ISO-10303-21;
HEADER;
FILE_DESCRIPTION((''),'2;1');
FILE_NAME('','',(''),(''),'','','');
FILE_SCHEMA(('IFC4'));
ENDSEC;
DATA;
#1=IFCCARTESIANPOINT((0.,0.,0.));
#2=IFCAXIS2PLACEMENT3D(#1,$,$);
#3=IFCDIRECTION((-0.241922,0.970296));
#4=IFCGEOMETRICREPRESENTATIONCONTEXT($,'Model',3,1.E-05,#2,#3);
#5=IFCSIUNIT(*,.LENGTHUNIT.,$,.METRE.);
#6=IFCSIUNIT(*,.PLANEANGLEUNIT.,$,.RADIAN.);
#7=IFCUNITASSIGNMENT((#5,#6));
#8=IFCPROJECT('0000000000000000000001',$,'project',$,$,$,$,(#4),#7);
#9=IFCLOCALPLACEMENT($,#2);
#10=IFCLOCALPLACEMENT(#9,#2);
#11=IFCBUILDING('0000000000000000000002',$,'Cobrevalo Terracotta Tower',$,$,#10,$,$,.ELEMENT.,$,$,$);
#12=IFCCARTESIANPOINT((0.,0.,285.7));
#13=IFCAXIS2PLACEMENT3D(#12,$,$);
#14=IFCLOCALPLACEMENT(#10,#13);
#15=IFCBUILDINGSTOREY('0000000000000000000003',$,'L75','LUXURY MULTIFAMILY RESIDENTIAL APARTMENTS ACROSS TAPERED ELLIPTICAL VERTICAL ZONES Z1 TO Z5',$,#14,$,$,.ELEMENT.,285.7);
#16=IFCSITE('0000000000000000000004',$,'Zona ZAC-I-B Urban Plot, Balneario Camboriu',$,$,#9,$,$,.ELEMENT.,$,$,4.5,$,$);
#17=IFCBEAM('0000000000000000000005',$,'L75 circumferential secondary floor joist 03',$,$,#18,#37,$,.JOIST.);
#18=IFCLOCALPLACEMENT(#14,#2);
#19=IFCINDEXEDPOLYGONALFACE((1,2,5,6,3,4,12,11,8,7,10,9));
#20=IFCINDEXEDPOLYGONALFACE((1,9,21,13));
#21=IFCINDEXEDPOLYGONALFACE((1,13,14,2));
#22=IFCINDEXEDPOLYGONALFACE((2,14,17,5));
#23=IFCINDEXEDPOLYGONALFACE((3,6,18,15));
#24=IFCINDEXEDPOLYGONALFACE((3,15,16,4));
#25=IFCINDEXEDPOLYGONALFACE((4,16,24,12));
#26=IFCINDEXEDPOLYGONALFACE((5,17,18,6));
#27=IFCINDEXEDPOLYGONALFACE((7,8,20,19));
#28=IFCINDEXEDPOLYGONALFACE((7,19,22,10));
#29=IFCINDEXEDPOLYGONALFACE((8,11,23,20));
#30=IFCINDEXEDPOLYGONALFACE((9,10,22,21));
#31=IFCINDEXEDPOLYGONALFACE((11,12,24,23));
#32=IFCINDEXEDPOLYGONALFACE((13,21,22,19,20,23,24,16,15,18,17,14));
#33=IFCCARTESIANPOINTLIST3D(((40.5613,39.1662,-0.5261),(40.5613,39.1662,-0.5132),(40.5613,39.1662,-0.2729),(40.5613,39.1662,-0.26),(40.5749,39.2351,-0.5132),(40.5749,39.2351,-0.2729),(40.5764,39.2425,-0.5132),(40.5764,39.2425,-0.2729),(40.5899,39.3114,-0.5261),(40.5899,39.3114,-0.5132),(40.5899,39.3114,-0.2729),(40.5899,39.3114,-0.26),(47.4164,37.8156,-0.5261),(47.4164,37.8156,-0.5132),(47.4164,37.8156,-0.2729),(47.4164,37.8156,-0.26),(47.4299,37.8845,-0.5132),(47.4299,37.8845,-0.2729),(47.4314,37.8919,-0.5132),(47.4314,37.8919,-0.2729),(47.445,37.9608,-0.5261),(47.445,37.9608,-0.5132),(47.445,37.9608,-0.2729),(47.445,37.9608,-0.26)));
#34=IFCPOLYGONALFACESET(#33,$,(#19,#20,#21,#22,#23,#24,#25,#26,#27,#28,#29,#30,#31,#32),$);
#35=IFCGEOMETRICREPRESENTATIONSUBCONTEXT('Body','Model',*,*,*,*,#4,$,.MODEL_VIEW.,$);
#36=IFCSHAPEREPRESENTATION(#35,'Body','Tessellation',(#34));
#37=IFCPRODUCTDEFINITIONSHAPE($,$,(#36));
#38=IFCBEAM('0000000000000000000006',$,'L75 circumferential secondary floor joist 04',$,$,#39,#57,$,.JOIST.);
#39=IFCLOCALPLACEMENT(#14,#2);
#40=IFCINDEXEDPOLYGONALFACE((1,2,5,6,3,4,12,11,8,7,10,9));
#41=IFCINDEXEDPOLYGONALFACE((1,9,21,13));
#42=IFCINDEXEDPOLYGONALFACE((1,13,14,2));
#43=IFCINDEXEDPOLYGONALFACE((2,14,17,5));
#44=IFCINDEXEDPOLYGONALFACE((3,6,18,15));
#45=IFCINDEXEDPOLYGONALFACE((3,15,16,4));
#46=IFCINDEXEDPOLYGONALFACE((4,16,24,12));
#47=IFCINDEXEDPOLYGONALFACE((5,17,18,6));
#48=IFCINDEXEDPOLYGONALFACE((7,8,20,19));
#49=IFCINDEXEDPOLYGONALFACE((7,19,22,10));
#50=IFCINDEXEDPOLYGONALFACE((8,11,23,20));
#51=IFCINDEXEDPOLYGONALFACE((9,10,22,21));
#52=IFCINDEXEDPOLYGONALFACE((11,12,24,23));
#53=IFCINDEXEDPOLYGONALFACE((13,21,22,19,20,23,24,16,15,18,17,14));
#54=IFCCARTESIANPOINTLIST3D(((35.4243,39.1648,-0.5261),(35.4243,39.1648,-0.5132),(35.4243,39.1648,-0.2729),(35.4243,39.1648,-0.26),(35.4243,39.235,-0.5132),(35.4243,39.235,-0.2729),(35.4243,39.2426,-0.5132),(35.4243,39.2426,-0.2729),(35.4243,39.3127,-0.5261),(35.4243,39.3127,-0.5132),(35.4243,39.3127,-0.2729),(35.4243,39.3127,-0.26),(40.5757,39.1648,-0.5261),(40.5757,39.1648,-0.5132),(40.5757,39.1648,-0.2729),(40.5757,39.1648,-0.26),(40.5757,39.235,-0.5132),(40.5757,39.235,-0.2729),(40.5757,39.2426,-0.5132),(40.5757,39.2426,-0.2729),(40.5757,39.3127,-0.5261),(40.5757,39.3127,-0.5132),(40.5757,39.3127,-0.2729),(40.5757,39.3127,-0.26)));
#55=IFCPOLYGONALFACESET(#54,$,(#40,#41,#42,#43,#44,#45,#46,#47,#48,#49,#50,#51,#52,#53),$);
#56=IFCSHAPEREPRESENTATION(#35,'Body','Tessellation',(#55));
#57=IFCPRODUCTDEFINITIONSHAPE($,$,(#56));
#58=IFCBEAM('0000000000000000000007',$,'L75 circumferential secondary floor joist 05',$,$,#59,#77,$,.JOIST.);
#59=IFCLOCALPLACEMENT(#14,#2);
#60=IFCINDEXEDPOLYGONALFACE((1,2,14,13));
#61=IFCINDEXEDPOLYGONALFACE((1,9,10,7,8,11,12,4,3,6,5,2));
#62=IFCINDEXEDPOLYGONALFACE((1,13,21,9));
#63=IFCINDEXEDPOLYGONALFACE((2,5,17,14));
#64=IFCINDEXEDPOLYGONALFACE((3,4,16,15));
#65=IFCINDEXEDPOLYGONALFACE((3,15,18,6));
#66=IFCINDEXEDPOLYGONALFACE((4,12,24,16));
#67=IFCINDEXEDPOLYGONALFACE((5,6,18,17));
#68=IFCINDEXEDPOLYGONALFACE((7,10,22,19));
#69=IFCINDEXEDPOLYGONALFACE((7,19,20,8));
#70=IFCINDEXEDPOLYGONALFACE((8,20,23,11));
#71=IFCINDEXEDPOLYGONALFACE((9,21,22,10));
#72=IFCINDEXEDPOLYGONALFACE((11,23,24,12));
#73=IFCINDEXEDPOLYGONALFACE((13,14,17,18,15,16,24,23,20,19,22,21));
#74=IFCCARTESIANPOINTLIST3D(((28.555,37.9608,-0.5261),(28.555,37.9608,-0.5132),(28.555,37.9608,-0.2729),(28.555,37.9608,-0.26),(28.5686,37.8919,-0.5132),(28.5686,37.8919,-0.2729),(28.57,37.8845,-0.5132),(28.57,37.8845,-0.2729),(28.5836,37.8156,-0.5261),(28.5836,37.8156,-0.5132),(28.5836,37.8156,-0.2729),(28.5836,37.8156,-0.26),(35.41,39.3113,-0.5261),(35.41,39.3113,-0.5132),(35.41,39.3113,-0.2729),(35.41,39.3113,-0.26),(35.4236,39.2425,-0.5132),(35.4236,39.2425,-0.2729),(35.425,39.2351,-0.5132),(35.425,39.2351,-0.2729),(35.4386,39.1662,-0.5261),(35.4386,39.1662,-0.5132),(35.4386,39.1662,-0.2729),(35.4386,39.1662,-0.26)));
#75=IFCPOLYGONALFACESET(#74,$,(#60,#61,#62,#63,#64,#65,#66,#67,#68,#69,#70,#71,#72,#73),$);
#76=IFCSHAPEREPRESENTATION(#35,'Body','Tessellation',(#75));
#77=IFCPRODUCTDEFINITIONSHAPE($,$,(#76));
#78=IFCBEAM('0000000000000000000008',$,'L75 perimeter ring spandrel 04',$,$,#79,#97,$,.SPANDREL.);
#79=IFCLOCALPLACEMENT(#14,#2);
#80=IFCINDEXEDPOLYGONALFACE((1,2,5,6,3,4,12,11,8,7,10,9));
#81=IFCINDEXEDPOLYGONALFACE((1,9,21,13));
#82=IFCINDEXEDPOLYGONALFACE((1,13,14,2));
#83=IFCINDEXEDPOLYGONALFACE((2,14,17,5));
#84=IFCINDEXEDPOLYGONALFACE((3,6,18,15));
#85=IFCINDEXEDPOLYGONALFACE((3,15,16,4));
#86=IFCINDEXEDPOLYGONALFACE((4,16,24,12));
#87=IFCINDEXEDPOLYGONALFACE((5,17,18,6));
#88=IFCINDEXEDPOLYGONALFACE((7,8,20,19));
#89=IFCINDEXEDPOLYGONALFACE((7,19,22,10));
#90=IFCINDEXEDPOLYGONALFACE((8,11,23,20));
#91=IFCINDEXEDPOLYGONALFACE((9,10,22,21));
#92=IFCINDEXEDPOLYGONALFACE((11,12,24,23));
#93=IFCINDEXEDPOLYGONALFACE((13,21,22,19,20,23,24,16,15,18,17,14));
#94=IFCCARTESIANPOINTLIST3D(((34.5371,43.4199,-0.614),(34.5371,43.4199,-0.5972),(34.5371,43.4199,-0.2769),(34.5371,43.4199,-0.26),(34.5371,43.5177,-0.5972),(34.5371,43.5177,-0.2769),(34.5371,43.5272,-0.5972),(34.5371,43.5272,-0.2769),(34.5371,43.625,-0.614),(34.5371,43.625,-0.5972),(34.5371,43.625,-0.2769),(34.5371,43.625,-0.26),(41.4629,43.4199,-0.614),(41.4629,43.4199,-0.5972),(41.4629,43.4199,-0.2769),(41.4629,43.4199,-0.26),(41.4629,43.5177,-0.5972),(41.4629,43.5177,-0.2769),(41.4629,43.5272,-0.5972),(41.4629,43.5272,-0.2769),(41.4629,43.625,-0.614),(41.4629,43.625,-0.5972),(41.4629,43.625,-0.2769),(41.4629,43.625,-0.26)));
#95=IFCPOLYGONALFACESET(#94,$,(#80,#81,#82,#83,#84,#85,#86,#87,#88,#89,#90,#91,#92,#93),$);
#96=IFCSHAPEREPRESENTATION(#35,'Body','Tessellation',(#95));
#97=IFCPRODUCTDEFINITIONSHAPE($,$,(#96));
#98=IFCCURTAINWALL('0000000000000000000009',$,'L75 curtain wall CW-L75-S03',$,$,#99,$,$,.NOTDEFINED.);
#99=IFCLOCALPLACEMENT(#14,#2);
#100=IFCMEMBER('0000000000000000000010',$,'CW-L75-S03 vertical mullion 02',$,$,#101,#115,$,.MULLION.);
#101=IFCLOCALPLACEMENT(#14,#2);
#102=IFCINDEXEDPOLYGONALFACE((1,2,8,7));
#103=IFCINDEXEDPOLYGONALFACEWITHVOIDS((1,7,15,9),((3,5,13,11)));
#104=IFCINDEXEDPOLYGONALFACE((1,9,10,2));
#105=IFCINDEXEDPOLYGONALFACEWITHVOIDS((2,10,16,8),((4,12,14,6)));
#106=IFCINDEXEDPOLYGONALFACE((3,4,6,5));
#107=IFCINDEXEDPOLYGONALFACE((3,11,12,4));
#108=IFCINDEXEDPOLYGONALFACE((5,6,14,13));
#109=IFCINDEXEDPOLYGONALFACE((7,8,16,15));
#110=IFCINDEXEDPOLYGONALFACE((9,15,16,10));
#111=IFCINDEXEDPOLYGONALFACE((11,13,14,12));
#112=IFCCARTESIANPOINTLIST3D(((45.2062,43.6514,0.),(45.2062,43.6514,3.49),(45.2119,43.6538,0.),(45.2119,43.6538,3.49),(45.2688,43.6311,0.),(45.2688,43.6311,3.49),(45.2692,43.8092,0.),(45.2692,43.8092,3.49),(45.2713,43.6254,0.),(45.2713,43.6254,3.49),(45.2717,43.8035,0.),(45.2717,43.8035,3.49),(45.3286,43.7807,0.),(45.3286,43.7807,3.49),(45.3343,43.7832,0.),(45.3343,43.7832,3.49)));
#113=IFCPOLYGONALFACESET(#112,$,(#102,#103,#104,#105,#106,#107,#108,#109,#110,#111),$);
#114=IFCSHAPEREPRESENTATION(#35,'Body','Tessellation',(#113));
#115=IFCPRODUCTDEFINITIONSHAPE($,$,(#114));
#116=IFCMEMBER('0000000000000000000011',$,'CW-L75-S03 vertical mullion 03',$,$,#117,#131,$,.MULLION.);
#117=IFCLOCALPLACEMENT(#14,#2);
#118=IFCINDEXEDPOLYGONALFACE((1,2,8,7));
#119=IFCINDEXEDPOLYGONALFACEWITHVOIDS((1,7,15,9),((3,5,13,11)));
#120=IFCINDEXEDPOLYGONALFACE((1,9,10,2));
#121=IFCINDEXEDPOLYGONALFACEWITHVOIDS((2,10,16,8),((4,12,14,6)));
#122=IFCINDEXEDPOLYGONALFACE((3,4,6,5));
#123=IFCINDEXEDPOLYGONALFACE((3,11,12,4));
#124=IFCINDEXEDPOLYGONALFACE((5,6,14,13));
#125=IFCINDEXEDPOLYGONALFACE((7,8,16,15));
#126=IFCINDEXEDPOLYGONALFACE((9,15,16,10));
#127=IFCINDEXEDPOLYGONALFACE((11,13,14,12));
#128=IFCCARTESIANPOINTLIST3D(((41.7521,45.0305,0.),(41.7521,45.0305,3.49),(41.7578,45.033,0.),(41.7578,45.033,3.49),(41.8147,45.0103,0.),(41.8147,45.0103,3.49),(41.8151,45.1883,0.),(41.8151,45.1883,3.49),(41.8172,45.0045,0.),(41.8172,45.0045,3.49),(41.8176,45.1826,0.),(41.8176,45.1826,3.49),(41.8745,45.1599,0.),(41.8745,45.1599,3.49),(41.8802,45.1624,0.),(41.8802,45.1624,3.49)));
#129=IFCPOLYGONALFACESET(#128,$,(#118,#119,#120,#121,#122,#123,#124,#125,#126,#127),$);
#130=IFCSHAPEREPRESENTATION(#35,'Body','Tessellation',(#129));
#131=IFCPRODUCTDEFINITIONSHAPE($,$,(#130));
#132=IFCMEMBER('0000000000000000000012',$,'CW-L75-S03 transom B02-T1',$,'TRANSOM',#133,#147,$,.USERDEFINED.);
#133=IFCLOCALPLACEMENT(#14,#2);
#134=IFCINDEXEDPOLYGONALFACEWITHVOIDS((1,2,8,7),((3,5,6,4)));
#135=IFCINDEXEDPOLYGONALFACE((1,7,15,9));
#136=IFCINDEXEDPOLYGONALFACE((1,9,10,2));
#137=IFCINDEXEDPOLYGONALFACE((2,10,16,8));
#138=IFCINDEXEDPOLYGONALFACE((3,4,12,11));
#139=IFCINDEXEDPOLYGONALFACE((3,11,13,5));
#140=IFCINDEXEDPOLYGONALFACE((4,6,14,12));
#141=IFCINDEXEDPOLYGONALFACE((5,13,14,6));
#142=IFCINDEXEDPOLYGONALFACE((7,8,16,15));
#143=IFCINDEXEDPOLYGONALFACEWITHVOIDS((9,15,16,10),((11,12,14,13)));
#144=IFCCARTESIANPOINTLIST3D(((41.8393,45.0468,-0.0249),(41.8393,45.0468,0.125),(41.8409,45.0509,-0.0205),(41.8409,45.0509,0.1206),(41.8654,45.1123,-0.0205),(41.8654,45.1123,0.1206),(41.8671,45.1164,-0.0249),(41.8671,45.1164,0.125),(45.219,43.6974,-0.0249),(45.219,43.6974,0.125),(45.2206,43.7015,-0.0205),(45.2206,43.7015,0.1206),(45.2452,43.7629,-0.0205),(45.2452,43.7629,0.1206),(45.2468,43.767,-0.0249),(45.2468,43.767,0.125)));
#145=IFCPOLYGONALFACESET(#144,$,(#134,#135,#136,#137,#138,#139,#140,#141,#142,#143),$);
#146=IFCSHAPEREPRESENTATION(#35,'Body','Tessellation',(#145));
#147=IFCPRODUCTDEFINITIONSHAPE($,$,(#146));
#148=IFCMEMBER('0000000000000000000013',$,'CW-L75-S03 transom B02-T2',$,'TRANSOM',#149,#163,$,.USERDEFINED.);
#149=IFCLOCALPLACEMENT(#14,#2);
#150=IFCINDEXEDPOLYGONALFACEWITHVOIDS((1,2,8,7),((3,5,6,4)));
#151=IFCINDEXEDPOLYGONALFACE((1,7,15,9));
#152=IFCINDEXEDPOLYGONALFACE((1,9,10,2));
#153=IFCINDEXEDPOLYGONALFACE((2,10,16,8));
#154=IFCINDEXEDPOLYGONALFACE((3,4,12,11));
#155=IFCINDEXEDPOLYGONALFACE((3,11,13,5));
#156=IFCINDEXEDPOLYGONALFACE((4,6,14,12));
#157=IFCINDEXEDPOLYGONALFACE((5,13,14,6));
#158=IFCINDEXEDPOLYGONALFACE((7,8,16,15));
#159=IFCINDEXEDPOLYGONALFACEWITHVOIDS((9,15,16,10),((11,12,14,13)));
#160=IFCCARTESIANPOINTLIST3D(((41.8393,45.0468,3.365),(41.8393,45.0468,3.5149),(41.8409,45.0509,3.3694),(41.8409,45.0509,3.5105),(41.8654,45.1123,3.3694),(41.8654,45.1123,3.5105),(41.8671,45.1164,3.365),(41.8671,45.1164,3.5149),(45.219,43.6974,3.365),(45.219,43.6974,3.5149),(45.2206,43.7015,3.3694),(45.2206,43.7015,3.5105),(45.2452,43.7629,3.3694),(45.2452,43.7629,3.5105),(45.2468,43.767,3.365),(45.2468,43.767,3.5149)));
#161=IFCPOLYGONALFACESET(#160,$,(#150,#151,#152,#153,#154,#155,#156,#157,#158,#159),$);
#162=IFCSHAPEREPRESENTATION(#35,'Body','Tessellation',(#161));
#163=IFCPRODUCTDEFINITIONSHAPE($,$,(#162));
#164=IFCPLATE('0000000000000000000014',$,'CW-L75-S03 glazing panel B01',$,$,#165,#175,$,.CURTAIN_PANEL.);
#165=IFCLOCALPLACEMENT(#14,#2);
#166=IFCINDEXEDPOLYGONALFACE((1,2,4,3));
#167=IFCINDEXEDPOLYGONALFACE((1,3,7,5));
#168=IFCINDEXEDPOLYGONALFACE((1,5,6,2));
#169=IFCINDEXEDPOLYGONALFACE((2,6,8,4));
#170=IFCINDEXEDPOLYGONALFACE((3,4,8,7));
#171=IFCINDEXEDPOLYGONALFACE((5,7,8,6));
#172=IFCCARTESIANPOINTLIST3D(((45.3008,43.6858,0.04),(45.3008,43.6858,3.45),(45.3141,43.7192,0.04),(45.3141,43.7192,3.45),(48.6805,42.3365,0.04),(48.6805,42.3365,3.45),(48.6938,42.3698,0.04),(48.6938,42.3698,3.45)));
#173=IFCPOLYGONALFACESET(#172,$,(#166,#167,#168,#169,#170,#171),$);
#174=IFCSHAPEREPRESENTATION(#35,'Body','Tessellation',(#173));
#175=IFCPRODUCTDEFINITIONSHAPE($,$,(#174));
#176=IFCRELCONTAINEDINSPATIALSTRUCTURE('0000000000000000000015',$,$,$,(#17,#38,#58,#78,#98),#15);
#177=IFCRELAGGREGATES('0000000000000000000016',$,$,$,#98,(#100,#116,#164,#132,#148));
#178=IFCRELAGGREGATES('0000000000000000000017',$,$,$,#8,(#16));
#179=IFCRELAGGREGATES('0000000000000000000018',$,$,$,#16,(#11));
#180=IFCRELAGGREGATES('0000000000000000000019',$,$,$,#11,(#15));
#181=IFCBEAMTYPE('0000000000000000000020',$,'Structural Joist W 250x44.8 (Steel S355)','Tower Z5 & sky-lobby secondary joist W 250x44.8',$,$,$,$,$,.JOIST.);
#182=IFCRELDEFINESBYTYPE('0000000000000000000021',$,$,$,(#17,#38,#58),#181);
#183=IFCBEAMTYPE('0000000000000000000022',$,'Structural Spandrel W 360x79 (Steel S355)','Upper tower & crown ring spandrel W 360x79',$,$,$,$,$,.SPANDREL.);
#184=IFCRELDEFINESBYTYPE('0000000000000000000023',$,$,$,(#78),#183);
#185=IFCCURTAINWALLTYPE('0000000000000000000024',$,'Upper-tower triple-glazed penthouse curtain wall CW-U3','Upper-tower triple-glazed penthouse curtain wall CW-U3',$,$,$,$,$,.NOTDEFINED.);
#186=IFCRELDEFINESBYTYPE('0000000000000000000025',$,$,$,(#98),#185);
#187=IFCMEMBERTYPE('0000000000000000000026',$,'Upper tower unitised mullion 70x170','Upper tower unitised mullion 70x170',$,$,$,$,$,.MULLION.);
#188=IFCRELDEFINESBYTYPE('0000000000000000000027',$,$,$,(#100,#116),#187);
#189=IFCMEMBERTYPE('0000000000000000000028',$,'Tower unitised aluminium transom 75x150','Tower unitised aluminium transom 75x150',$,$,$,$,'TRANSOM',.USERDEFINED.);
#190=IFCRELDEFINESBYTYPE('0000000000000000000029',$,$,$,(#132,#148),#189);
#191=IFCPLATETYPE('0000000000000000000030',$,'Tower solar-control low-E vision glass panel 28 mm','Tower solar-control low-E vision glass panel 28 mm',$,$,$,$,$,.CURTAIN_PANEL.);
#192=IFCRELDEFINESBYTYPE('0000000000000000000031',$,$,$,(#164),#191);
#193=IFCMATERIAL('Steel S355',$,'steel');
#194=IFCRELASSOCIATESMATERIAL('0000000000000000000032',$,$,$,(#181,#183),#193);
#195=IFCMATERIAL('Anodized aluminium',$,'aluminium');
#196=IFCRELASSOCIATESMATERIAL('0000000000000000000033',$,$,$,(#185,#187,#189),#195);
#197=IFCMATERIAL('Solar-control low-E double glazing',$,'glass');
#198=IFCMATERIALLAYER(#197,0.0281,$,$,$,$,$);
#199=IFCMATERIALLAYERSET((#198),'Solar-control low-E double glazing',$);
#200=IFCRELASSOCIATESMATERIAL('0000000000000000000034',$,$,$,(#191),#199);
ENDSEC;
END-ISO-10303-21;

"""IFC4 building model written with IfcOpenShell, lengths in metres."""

from ifc_helpers import new_model, si_unit, direction, frame, origin, origin_2d, place, context, subcontext, project, spatial, rectangle, hollow_rectangle, i_section, extrude, source, transform, mapped, material, layer, layer_set, material_profile, profile_set, type_object, element, aggregate, save


model = new_model("IFC4")

# Units and contexts
model_context = context("Model", 3, precision=1e-05, world=origin(), true_north=direction((-0.241922, 0.970296)))
body_context = subcontext(model_context, "Body", "Model", "MODEL_VIEW")
ifc_project = project(units=[si_unit("LENGTHUNIT", "METRE"), si_unit("PLANEANGLEUNIT", "RADIAN")], contexts=[model_context])

# Site, building, storey
site_placement = place(None, origin())
site = spatial("IfcSite", under=ifc_project, at=site_placement, Name="Zona ZAC-I-B Urban Plot, Balneario Camboriu", CompositionType="ELEMENT", RefElevation=4.5)
building_placement = place(site_placement, origin())
building = spatial("IfcBuilding", under=site, at=building_placement, Name="Cobrevalo Terracotta Tower", CompositionType="ELEMENT")
storey_placement = place(building_placement, frame((0.0, 0.0, 285.7)))
storey = spatial("IfcBuildingStorey", under=building, at=storey_placement, Name="L75", Description="LUXURY MULTIFAMILY RESIDENTIAL APARTMENTS ACROSS TAPERED ELLIPTICAL VERTICAL ZONES Z1 TO Z5", CompositionType="ELEMENT", Elevation=285.7)

# Shared definitions
ifc_material_1 = material(Name="Steel S355", Category="steel")

# Beams
ifc_material_profile_1 = material_profile(ifc_material_1, i_section(OverallWidth=0.1479, OverallDepth=0.2661, WebThickness=0.0076, FlangeThickness=0.0129, at=origin_2d()), Name="W 250x44.8")
ifc_profile_set_1 = profile_set([ifc_material_profile_1], Name="Steel S355")
beam_type_1 = type_object("IfcBeamType", Name="Structural Joist W 250x44.8 (Steel S355)", Description="Tower Z5 & sky-lobby secondary joist W 250x44.8", PredefinedType="JOIST", material=ifc_profile_set_1)
beam_1_placement = place(storey_placement, frame((47.4307, 37.8882, -0.3931), z_axis=(-0.981138, 0.193306, 0.0), x_axis=(-0.193306, -0.981138, 0.0)))
element("IfcBeam", 1, at=beam_1_placement, inside=storey, type_object=beam_type_1, Name="L75 circumferential secondary floor joist 03", PredefinedType="JOIST", context=body_context, shape_type="SweptSolid", body=[
    extrude(i_section(OverallWidth=0.1479, OverallDepth=0.2661, WebThickness=0.0076, FlangeThickness=0.0129, at=origin_2d()), origin(), (0.0, 0.0, 1.0), 6.9868),
])
beam_2_placement = place(storey_placement, frame((40.5757, 39.2388, -0.3931), z_axis=(-1.0, 0.0, 0.0), x_axis=(0.0, -1.0, 0.0)))
element("IfcBeam", 2, at=beam_2_placement, inside=storey, type_object=beam_type_1, Name="L75 circumferential secondary floor joist 04", PredefinedType="JOIST", context=body_context, shape_type="SweptSolid", body=[
    extrude(i_section(OverallWidth=0.1479, OverallDepth=0.2661, WebThickness=0.0076, FlangeThickness=0.0129, at=origin_2d()), origin(), (0.0, 0.0, 1.0), 5.1514),
])
beam_3_placement = place(storey_placement, frame((35.4243, 39.2388, -0.3931), z_axis=(-0.981138, -0.193306, 0.0), x_axis=(0.193306, -0.981138, 0.0)))
element("IfcBeam", 3, at=beam_3_placement, inside=storey, type_object=beam_type_1, Name="L75 circumferential secondary floor joist 05", PredefinedType="JOIST", context=body_context, shape_type="SweptSolid", body=[
    extrude(i_section(OverallWidth=0.1479, OverallDepth=0.2661, WebThickness=0.0076, FlangeThickness=0.0129, at=origin_2d()), origin(), (0.0, 0.0, 1.0), 6.9868),
])
ifc_material_profile_2 = material_profile(ifc_material_1, i_section(OverallWidth=0.2051, OverallDepth=0.354, WebThickness=0.0095, FlangeThickness=0.0168, at=origin_2d()), Name="W 360x79")
ifc_profile_set_2 = profile_set([ifc_material_profile_2], Name="Steel S355")
beam_type_2 = type_object("IfcBeamType", Name="Structural Spandrel W 360x79 (Steel S355)", Description="Upper tower & crown ring spandrel W 360x79", PredefinedType="SPANDREL", material=ifc_profile_set_2)
beam_4_placement = place(storey_placement, frame((41.4629, 43.5225, -0.437), z_axis=(-1.0, 0.0, 0.0), x_axis=(0.0, -1.0, 0.0)))
element("IfcBeam", 4, at=beam_4_placement, inside=storey, type_object=beam_type_2, Name="L75 perimeter ring spandrel 04", PredefinedType="SPANDREL", context=body_context, shape_type="SweptSolid", body=[
    extrude(i_section(OverallWidth=0.2051, OverallDepth=0.354, WebThickness=0.0095, FlangeThickness=0.0168, at=origin_2d()), origin(), (0.0, 0.0, 1.0), 6.9258),
])

# Curtain wall, members, plate
ifc_material_2 = material(Name="Anodized aluminium", Category="aluminium")
curtain_wall_type = type_object("IfcCurtainWallType", Name="Upper-tower triple-glazed penthouse curtain wall CW-U3", Description="Upper-tower triple-glazed penthouse curtain wall CW-U3", PredefinedType="NOTDEFINED", material=ifc_material_2)
curtain_wall_placement = place(storey_placement, origin())
curtain_wall = element("IfcCurtainWall", 5, at=curtain_wall_placement, inside=storey, type_object=curtain_wall_type, Name="L75 curtain wall CW-L75-S03", PredefinedType="NOTDEFINED")
ifc_material_profile_3 = material_profile(ifc_material_2, hollow_rectangle(XDim=0.0701, YDim=0.1699, WallThickness=0.0044, at=origin_2d()), Name="CWM 70x170")
ifc_profile_set_3 = profile_set([ifc_material_profile_3], Name="Anodized aluminium")
member_type_1 = type_object("IfcMemberType", Name="Upper tower unitised mullion 70x170", Description="Upper tower unitised mullion 70x170", PredefinedType="MULLION", material=ifc_profile_set_3)
shared_shape_1 = source(origin(), body_context, "Body", "SweptSolid", [
    extrude(hollow_rectangle(XDim=0.0701, YDim=0.1699, WallThickness=0.0044, at=origin_2d()), origin(), (0.0, 0.0, 1.0), 3.49),
])
member_1_placement = place(storey_placement, frame((45.2703, 43.7173, 0.0), z_axis=(0.0, 0.0, 1.0), x_axis=(-0.928719, 0.370784, 0.0)))
member_1 = element("IfcMember", 6, at=member_1_placement, type_object=member_type_1, Name="CW-L75-S03 vertical mullion 02", PredefinedType="MULLION", context=body_context, shape_type="MappedRepresentation", body=[
    mapped(shared_shape_1, transform((0.0, 0.0, 0.0), scale=1.0)),
])
member_2_placement = place(storey_placement, frame((41.8162, 45.0964, 0.0), z_axis=(0.0, 0.0, 1.0), x_axis=(-0.928719, 0.370784, 0.0)))
member_2 = element("IfcMember", 7, at=member_2_placement, type_object=member_type_1, Name="CW-L75-S03 vertical mullion 03", PredefinedType="MULLION", context=body_context, shape_type="MappedRepresentation", body=[
    mapped(shared_shape_1, transform((0.0, 0.0, 0.0), scale=1.0)),
])
ifc_material_profile_4 = material_profile(ifc_material_2, hollow_rectangle(XDim=0.075, YDim=0.1499, WallThickness=0.0044, at=origin_2d()), Name="CWT 75x150")
ifc_profile_set_4 = profile_set([ifc_material_profile_4], Name="Anodized aluminium")
member_type_2 = type_object("IfcMemberType", Name="Tower unitised aluminium transom 75x150", Description="Tower unitised aluminium transom 75x150", ElementType="TRANSOM", PredefinedType="USERDEFINED", material=ifc_profile_set_4)
shared_shape_2 = source(origin(), body_context, "Body", "SweptSolid", [
    extrude(hollow_rectangle(XDim=0.075, YDim=0.1499, WallThickness=0.0044, at=origin_2d()), origin(), (0.0, 0.0, 1.0), 3.6392),
])
member_3_placement = place(storey_placement, frame((45.2329, 43.7322, 0.05), z_axis=(-0.928712, 0.370801, 0.0), x_axis=(-0.370801, -0.928712, 0.0)))
member_3 = element("IfcMember", 8, at=member_3_placement, type_object=member_type_2, Name="CW-L75-S03 transom B02-T1", ObjectType="TRANSOM", PredefinedType="USERDEFINED", context=body_context, shape_type="MappedRepresentation", body=[
    mapped(shared_shape_2, transform((0.0, 0.0, 0.0), scale=1.0)),
])
member_4_placement = place(storey_placement, frame((45.2329, 43.7322, 3.4399), z_axis=(-0.928712, 0.370801, 0.0), x_axis=(-0.370801, -0.928712, 0.0)))
member_4 = element("IfcMember", 9, at=member_4_placement, type_object=member_type_2, Name="CW-L75-S03 transom B02-T2", ObjectType="TRANSOM", PredefinedType="USERDEFINED", context=body_context, shape_type="MappedRepresentation", body=[
    mapped(shared_shape_2, transform((0.0, 0.0, 0.0), scale=1.0)),
])
ifc_material_3 = material(Name="Solar-control low-E double glazing", Category="glass")
ifc_layer_1 = layer(ifc_material_3, 0.0281)
ifc_layer_set_1 = layer_set([ifc_layer_1], Name="Solar-control low-E double glazing")
plate_type = type_object("IfcPlateType", Name="Tower solar-control low-E vision glass panel 28 mm", Description="Tower solar-control low-E vision glass panel 28 mm", PredefinedType="CURTAIN_PANEL", material=ifc_layer_set_1)
shared_shape_3 = source(origin(), body_context, "Body", "SweptSolid", [
    extrude(rectangle(XDim=3.6392, YDim=0.0359, at=origin_2d()), origin(), (0.0, 0.0, 1.0), 3.4099),
])
plate_1_placement = place(storey_placement, frame((46.9973, 43.0278, 0.04), z_axis=(0.0, 0.0, 1.0), x_axis=(-0.928718, 0.370786, 0.0)))
plate_1 = element("IfcPlate", 10, at=plate_1_placement, type_object=plate_type, Name="CW-L75-S03 glazing panel B01", PredefinedType="CURTAIN_PANEL", context=body_context, shape_type="MappedRepresentation", body=[
    mapped(shared_shape_3, transform((0.0, 0.0, 0.0), scale=1.0)),
])
aggregate(curtain_wall, [member_1, member_2, plate_1, member_3, member_4])

save(model, "model.ifc")
